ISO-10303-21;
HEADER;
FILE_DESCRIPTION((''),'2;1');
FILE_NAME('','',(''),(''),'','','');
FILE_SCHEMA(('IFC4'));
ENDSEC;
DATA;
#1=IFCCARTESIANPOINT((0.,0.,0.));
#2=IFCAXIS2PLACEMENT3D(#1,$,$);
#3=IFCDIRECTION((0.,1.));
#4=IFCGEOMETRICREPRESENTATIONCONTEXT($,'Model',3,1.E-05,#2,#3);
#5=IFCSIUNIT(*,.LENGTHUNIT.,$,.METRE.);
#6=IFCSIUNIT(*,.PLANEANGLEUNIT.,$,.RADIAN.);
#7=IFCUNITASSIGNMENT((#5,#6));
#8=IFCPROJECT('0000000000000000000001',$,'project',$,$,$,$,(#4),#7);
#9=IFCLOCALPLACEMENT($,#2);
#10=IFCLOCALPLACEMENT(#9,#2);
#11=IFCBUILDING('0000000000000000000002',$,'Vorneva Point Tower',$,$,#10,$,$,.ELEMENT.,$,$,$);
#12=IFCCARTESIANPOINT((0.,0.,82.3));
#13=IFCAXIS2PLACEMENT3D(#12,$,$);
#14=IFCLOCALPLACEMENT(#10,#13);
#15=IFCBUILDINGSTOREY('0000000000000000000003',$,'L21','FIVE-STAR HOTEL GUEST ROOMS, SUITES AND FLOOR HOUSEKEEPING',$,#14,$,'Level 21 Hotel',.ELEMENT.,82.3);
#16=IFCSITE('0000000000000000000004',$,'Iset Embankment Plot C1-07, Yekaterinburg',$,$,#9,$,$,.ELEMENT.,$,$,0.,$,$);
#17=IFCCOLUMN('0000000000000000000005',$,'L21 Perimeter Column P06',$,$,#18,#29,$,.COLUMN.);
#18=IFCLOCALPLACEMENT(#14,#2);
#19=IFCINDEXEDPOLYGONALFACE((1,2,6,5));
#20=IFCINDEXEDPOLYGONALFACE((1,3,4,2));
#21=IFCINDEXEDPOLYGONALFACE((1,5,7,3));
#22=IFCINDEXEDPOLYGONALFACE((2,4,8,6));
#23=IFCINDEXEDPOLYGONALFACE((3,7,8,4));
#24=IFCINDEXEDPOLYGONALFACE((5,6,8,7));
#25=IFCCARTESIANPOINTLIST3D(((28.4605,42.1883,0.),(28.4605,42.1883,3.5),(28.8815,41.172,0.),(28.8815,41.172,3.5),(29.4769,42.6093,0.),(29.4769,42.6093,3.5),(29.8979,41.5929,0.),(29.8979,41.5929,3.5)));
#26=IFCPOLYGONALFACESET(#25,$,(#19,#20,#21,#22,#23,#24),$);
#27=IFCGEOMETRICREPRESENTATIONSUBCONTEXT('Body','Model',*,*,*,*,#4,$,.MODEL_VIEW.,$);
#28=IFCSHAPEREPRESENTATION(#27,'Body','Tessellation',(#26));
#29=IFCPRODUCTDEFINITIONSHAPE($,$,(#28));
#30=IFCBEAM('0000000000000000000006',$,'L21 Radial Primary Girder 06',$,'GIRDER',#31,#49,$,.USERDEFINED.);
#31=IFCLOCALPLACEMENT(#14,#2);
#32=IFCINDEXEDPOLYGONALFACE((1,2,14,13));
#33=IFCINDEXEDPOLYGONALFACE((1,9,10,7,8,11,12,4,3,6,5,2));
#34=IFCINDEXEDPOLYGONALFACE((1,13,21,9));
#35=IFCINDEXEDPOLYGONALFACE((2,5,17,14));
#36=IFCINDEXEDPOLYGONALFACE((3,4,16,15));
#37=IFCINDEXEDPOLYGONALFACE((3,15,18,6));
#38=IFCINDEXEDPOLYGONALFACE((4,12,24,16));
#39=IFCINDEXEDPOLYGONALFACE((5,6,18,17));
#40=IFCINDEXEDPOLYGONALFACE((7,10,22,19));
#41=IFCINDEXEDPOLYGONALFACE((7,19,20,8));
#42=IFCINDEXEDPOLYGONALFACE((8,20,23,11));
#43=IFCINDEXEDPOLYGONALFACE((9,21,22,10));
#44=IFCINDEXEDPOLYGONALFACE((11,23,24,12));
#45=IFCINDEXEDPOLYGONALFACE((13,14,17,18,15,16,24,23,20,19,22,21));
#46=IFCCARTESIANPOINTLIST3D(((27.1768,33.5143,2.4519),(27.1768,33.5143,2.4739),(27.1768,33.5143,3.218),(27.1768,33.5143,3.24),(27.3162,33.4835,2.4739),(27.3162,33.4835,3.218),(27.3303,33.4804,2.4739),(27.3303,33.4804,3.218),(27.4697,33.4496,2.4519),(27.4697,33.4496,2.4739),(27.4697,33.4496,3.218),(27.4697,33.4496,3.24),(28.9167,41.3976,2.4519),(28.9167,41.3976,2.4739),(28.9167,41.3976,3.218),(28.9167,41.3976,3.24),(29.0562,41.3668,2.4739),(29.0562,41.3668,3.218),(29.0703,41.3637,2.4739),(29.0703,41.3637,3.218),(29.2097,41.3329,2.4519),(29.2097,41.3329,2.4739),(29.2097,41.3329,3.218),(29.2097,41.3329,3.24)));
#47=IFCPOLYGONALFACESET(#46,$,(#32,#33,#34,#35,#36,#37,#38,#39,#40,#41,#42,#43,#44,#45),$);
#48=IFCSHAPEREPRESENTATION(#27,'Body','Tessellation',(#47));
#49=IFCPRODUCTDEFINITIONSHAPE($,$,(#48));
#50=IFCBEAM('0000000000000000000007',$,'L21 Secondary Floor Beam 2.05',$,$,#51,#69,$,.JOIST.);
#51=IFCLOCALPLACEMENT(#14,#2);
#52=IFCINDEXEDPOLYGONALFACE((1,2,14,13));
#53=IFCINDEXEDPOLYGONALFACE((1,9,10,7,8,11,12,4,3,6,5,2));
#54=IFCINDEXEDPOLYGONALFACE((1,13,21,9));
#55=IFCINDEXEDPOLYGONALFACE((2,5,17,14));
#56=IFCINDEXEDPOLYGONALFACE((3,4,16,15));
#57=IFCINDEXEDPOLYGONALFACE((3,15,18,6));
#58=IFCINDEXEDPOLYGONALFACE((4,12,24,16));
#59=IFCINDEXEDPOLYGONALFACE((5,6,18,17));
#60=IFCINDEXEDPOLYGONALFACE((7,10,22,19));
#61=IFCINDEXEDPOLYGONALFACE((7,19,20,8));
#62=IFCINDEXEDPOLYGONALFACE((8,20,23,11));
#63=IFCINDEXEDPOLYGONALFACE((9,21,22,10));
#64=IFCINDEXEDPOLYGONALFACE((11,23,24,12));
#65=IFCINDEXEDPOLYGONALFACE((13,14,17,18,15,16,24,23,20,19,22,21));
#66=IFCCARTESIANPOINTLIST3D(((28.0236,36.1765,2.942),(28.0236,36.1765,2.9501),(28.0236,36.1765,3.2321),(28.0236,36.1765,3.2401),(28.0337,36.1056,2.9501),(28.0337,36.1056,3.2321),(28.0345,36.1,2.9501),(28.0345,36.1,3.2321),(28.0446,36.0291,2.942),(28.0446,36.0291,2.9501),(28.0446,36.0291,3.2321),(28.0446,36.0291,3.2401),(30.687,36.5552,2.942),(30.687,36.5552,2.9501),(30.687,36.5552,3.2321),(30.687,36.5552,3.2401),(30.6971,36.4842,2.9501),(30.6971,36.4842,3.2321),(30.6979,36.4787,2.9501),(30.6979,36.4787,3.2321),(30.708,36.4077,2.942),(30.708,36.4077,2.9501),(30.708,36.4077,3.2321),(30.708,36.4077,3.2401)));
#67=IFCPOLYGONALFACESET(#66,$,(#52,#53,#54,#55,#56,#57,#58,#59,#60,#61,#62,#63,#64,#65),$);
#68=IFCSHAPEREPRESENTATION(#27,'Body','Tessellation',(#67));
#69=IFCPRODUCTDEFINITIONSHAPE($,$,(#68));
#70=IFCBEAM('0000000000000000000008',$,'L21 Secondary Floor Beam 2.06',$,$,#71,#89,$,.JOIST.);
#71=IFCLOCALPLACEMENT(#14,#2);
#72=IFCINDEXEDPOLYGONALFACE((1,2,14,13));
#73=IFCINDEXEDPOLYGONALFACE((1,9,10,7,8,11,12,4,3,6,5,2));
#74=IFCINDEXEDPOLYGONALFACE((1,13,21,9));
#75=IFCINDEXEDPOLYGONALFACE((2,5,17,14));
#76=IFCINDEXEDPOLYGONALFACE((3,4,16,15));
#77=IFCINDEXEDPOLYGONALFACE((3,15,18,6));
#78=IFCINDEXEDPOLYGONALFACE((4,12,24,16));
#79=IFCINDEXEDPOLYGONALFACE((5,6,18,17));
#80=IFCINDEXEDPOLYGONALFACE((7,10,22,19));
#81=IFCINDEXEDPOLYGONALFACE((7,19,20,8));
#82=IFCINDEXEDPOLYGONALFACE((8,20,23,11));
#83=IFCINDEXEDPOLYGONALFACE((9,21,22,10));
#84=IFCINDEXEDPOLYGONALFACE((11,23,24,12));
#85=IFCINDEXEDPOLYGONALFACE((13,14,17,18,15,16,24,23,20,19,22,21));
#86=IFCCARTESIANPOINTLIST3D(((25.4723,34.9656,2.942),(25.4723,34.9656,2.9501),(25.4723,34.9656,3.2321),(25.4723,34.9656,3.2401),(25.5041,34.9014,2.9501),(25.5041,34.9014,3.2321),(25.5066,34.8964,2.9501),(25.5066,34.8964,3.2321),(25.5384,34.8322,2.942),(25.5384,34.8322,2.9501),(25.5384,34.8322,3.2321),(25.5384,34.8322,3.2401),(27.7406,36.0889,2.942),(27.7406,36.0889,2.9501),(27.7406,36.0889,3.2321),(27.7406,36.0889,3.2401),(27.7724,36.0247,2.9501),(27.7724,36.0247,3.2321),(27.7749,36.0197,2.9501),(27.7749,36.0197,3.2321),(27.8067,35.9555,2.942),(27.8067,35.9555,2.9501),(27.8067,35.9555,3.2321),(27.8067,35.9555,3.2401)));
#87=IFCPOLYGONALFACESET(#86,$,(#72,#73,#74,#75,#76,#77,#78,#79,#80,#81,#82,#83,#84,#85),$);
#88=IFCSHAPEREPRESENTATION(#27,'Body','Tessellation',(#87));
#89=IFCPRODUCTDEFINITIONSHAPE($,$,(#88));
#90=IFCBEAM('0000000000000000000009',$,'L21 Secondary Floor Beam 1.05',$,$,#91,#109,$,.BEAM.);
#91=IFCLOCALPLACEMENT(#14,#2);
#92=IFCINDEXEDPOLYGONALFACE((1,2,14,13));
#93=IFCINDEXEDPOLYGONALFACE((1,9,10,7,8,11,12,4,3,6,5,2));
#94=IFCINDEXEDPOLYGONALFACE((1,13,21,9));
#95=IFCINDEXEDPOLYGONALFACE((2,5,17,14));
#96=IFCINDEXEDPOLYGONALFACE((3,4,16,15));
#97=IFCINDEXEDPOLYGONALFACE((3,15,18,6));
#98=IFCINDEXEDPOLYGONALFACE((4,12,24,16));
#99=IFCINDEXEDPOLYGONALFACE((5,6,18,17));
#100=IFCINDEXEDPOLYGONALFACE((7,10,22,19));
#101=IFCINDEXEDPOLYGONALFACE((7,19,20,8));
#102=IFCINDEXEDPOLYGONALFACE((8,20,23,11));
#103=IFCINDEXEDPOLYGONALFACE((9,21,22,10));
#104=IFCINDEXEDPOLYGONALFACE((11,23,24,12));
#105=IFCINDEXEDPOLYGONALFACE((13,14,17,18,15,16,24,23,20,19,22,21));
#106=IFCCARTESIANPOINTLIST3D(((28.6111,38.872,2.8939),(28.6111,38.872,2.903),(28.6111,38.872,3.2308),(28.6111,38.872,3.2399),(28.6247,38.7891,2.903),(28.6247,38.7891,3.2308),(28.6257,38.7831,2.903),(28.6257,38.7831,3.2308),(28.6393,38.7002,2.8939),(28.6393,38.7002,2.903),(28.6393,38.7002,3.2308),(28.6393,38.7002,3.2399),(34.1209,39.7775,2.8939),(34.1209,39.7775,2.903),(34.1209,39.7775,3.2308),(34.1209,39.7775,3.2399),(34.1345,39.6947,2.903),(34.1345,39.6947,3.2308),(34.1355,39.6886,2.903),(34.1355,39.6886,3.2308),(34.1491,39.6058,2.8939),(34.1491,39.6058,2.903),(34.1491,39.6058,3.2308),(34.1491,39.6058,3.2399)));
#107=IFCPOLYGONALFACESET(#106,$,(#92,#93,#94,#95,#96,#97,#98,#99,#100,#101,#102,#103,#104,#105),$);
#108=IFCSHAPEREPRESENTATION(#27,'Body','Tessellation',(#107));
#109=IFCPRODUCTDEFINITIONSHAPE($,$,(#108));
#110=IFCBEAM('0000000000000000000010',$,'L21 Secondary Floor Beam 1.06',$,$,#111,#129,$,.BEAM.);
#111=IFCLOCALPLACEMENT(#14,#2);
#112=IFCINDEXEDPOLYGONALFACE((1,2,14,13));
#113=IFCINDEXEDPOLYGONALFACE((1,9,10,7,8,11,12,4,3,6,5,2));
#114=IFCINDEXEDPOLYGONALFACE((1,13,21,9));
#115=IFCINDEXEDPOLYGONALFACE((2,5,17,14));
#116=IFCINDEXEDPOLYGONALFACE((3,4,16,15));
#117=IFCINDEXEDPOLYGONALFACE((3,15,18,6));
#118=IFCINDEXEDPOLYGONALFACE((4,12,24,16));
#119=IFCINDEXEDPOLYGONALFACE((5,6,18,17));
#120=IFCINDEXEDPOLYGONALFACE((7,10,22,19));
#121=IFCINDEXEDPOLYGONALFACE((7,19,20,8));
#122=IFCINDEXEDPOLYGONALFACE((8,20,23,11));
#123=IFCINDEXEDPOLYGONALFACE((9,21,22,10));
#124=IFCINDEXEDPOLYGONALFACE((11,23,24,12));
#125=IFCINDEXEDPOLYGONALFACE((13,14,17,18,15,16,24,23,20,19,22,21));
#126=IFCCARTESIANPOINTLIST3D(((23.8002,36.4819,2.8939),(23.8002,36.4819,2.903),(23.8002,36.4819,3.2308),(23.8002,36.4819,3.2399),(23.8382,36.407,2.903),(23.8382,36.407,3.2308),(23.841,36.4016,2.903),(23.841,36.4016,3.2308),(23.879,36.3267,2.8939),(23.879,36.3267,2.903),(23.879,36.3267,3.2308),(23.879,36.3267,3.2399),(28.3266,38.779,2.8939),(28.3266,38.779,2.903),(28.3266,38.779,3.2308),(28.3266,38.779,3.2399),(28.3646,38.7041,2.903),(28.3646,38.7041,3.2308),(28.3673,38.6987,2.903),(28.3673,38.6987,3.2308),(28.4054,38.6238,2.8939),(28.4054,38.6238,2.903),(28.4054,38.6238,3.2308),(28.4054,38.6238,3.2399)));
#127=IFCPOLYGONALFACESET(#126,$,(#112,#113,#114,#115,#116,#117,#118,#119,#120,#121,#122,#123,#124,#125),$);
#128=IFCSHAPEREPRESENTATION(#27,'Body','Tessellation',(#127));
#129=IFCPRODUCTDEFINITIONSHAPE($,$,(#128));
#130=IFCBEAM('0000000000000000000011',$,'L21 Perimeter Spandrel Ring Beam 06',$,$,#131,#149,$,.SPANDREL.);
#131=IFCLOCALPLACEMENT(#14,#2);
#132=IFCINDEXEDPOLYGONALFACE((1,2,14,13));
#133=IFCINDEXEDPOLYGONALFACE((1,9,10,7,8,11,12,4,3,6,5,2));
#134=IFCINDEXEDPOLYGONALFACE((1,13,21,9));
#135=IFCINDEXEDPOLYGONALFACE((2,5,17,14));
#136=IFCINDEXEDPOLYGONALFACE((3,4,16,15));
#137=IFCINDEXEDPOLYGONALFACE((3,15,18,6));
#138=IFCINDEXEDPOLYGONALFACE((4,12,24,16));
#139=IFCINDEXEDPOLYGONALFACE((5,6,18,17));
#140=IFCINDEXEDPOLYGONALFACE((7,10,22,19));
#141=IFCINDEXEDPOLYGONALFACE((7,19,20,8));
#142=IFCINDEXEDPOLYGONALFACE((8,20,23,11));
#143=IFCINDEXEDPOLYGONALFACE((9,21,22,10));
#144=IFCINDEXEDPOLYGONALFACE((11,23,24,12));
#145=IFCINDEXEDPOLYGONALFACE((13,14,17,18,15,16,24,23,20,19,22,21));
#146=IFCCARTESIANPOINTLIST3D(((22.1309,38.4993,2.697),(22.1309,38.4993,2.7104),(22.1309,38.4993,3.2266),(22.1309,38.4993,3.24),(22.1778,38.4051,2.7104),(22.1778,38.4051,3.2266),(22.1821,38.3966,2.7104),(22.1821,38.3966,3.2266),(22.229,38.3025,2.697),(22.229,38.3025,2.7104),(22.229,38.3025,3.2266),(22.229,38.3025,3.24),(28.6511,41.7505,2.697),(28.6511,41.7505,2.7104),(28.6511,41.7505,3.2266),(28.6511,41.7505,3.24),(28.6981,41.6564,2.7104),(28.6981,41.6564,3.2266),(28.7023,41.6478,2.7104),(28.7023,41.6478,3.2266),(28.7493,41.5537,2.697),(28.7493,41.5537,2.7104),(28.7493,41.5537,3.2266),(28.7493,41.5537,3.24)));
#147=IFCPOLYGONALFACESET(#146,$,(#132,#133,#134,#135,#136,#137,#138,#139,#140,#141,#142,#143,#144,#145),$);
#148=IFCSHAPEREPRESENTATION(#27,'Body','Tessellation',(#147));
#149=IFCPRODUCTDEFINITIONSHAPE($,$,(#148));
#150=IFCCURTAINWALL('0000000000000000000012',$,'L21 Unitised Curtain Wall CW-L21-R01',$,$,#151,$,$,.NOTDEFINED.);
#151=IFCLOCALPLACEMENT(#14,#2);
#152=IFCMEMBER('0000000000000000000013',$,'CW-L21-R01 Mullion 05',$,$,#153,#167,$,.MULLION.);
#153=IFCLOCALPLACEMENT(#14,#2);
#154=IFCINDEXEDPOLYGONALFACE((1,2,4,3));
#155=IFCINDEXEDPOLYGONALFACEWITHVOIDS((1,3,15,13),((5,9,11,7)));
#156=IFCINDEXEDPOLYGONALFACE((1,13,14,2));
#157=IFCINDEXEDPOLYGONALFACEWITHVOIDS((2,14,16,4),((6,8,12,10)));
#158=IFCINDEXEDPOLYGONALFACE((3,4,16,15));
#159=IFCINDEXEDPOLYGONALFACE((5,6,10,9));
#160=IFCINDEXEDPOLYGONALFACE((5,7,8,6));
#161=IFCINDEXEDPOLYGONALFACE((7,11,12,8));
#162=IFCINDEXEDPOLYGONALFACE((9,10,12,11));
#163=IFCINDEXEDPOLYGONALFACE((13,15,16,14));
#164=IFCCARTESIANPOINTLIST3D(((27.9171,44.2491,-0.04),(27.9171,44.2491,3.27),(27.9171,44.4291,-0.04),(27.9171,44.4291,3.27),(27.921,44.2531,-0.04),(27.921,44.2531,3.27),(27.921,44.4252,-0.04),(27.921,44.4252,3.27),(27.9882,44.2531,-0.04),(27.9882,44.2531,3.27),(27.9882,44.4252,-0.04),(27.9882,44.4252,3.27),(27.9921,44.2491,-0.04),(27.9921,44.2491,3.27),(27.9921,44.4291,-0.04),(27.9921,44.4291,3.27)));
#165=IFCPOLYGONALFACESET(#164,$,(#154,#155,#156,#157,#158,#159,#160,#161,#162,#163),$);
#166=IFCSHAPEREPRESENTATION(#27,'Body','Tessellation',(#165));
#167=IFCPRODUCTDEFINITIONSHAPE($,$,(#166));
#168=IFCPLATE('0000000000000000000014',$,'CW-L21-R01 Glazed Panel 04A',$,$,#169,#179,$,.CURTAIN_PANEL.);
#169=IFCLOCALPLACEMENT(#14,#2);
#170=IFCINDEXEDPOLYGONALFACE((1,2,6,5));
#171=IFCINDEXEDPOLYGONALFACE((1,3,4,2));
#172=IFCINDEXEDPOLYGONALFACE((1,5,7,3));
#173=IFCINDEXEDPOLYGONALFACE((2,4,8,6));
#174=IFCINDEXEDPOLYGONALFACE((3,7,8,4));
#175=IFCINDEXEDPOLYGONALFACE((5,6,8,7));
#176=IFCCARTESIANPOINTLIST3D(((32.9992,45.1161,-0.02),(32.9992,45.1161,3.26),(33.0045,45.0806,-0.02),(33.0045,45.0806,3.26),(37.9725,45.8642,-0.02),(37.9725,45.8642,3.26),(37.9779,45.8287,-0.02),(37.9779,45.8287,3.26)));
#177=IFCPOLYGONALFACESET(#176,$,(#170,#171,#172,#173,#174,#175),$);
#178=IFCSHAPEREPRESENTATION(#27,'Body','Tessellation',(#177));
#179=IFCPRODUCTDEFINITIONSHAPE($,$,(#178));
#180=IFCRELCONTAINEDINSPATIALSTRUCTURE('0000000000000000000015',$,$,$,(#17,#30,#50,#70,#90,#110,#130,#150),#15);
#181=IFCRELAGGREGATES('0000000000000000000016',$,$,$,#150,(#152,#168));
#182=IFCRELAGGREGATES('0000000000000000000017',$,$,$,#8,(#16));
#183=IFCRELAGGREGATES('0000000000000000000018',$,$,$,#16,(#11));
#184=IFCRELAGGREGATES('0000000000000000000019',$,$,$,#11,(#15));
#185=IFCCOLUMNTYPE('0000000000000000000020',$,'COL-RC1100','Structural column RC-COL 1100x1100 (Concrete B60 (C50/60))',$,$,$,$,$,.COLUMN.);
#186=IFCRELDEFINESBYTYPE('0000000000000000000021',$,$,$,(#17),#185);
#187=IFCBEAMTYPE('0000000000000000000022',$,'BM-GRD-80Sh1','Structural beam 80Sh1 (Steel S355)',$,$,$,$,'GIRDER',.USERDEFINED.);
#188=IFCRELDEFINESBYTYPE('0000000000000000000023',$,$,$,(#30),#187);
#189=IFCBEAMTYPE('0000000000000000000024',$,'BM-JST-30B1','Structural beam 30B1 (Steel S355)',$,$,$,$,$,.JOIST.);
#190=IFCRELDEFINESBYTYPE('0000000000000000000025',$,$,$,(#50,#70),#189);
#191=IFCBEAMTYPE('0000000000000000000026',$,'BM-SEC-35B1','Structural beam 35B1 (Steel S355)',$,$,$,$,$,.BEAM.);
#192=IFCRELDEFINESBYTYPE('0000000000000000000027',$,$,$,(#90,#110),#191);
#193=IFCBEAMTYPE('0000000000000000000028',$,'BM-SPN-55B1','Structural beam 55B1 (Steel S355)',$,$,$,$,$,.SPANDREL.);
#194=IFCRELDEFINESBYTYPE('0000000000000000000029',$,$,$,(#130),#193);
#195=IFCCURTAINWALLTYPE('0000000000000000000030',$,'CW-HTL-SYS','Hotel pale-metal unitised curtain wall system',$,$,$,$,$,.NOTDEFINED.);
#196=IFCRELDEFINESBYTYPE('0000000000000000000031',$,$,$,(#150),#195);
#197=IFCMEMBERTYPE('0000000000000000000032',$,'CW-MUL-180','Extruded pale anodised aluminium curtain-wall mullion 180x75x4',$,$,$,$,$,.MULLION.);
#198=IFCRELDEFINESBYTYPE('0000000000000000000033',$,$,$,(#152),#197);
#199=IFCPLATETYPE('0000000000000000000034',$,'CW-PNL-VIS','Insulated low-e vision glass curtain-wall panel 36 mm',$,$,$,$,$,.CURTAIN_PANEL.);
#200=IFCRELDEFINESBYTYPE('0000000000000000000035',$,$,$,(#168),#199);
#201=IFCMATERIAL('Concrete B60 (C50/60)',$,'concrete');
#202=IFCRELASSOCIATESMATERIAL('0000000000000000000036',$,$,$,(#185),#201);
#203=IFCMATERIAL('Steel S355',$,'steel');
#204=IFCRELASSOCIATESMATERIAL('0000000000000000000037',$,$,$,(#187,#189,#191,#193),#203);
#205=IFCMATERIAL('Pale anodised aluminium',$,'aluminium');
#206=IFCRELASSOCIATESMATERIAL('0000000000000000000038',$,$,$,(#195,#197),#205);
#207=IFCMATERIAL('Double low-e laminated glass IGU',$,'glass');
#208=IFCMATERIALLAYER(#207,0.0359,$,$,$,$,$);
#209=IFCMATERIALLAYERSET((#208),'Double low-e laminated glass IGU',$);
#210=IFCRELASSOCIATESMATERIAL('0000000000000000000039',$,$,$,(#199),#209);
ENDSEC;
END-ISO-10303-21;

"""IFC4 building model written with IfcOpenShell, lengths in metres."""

from ifc_helpers import new_model, si_unit, direction, frame, origin, origin_2d, place, context, subcontext, project, spatial, rectangle, hollow_rectangle, i_section, extrude, material, layer, layer_set, material_profile, profile_set, type_object, element, aggregate, save


model = new_model("IFC4")

# Units and contexts
model_context = context("Model", 3, precision=1e-05, world=origin(), true_north=direction((0.0, 1.0)))
body_context = subcontext(model_context, "Body", "Model", "MODEL_VIEW")
ifc_project = project(units=[si_unit("LENGTHUNIT", "METRE"), si_unit("PLANEANGLEUNIT", "RADIAN")], contexts=[model_context])

# Site, building, storey
site_placement = place(None, origin())
site = spatial("IfcSite", under=ifc_project, at=site_placement, Name="Iset Embankment Plot C1-07, Yekaterinburg", CompositionType="ELEMENT", RefElevation=0.0)
building_placement = place(site_placement, origin())
building = spatial("IfcBuilding", under=site, at=building_placement, Name="Vorneva Point Tower", CompositionType="ELEMENT")
storey_placement = place(building_placement, frame((0.0, 0.0, 82.3)))
storey = spatial("IfcBuildingStorey", under=building, at=storey_placement, Name="L21", Description="FIVE-STAR HOTEL GUEST ROOMS, SUITES AND FLOOR HOUSEKEEPING", LongName="Level 21 Hotel", CompositionType="ELEMENT", Elevation=82.3)

# Column
ifc_material_1 = material(Name="Concrete B60 (C50/60)", Category="concrete")
ifc_material_profile_1 = material_profile(ifc_material_1, rectangle(XDim=1.1001, YDim=1.1001, at=origin_2d()), Name="RC-COL 1100x1100")
ifc_profile_set_1 = profile_set([ifc_material_profile_1], Name="Concrete B60 (C50/60)")
column_type = type_object("IfcColumnType", Name="COL-RC1100", Description="Structural column RC-COL 1100x1100 (Concrete B60 (C50/60))", PredefinedType="COLUMN", material=ifc_profile_set_1)
column_placement = place(storey_placement, frame((29.1792, 41.8906, 0.0), z_axis=(0.0, 0.0, 1.0), x_axis=(-0.382683, 0.92388, 0.0)))
element("IfcColumn", 1, at=column_placement, inside=storey, type_object=column_type, Name="L21 Perimeter Column P06", PredefinedType="COLUMN", context=body_context, shape_type="SweptSolid", body=[
    extrude(rectangle(XDim=1.1001, YDim=1.1001, at=origin_2d()), origin(), (0.0, 0.0, 1.0), 3.5),
])

# Beams
ifc_material_2 = material(Name="Steel S355", Category="steel")
ifc_material_profile_2 = material_profile(ifc_material_2, i_section(OverallWidth=0.3, OverallDepth=0.7881, WebThickness=0.0144, FlangeThickness=0.022, at=origin_2d()), Name="80Sh1")
ifc_profile_set_2 = profile_set([ifc_material_profile_2], Name="Steel S355")
beam_type_1 = type_object("IfcBeamType", Name="BM-GRD-80Sh1", Description="Structural beam 80Sh1 (Steel S355)", ElementType="GIRDER", PredefinedType="USERDEFINED", material=ifc_profile_set_2)
beam_1_placement = place(storey_placement, frame((29.0632, 41.3652, 2.8459), z_axis=(-0.215531, -0.976497, 0.0), x_axis=(0.976497, -0.215531, 0.0)))
element("IfcBeam", 2, at=beam_1_placement, inside=storey, type_object=beam_type_1, Name="L21 Radial Primary Girder 06", ObjectType="GIRDER", PredefinedType="USERDEFINED", context=body_context, shape_type="SweptSolid", body=[
    extrude(i_section(OverallWidth=0.3, OverallDepth=0.7881, WebThickness=0.0144, FlangeThickness=0.022, at=origin_2d()), origin(), (0.0, 0.0, 1.0), 8.073),
])
ifc_material_profile_3 = material_profile(ifc_material_2, i_section(OverallWidth=0.1489, OverallDepth=0.2981, WebThickness=0.0056, FlangeThickness=0.0081, at=origin_2d()), Name="30B1")
ifc_profile_set_3 = profile_set([ifc_material_profile_3], Name="Steel S355")
beam_type_2 = type_object("IfcBeamType", Name="BM-JST-30B1", Description="Structural beam 30B1 (Steel S355)", PredefinedType="JOIST", material=ifc_profile_set_3)
beam_2_placement = place(storey_placement, frame((30.6975, 36.4814, 3.0911), z_axis=(-0.990044, -0.140761, 0.0), x_axis=(0.140761, -0.990044, 0.0)))
element("IfcBeam", 3, at=beam_2_placement, inside=storey, type_object=beam_type_2, Name="L21 Secondary Floor Beam 2.05", PredefinedType="JOIST", context=body_context, shape_type="SweptSolid", body=[
    extrude(i_section(OverallWidth=0.1489, OverallDepth=0.2981, WebThickness=0.0056, FlangeThickness=0.0081, at=origin_2d()), origin(), (0.0, 0.0, 1.0), 2.6902),
])
beam_3_placement = place(storey_placement, frame((27.7737, 36.0222, 3.0911), z_axis=(-0.896137, -0.443777, 0.0), x_axis=(0.443777, -0.896137, 0.0)))
element("IfcBeam", 4, at=beam_3_placement, inside=storey, type_object=beam_type_2, Name="L21 Secondary Floor Beam 2.06", PredefinedType="JOIST", context=body_context, shape_type="SweptSolid", body=[
    extrude(i_section(OverallWidth=0.1489, OverallDepth=0.2981, WebThickness=0.0056, FlangeThickness=0.0081, at=origin_2d()), origin(), (0.0, 0.0, 1.0), 2.5312),
])
ifc_material_profile_4 = material_profile(ifc_material_2, i_section(OverallWidth=0.1741, OverallDepth=0.3459, WebThickness=0.0061, FlangeThickness=0.009, at=origin_2d()), Name="35B1")
ifc_profile_set_4 = profile_set([ifc_material_profile_4], Name="Steel S355")
beam_type_3 = type_object("IfcBeamType", Name="BM-SEC-35B1", Description="Structural beam 35B1 (Steel S355)", PredefinedType="BEAM", material=ifc_profile_set_4)
beam_4_placement = place(storey_placement, frame((34.135, 39.6917, 3.0669), z_axis=(-0.986762, -0.162172, 0.0), x_axis=(0.162172, -0.986762, 0.0)))
element("IfcBeam", 5, at=beam_4_placement, inside=storey, type_object=beam_type_3, Name="L21 Secondary Floor Beam 1.05", PredefinedType="BEAM", context=body_context, shape_type="SweptSolid", body=[
    extrude(i_section(OverallWidth=0.1741, OverallDepth=0.3459, WebThickness=0.0061, FlangeThickness=0.009, at=origin_2d()), origin(), (0.0, 0.0, 1.0), 5.5837),
])
beam_5_placement = place(storey_placement, frame((28.366, 38.7014, 3.0669), z_axis=(-0.891737, -0.452554, 0.0), x_axis=(0.452554, -0.891737, 0.0)))
element("IfcBeam", 6, at=beam_5_placement, inside=storey, type_object=beam_type_3, Name="L21 Secondary Floor Beam 1.06", PredefinedType="BEAM", context=body_context, shape_type="SweptSolid", body=[
    extrude(i_section(OverallWidth=0.1741, OverallDepth=0.3459, WebThickness=0.0061, FlangeThickness=0.009, at=origin_2d()), origin(), (0.0, 0.0, 1.0), 5.0759),
])
ifc_material_profile_5 = material_profile(ifc_material_2, i_section(OverallWidth=0.22, OverallDepth=0.543, WebThickness=0.0095, FlangeThickness=0.0134, at=origin_2d()), Name="55B1")
ifc_profile_set_5 = profile_set([ifc_material_profile_5], Name="Steel S355")
beam_type_4 = type_object("IfcBeamType", Name="BM-SPN-55B1", Description="Structural beam 55B1 (Steel S355)", PredefinedType="SPANDREL", material=ifc_profile_set_5)
beam_6_placement = place(storey_placement, frame((28.7002, 41.6521, 2.9685), z_axis=(-0.894916, -0.446235, 0.0), x_axis=(0.446235, -0.894916, 0.0)))
element("IfcBeam", 7, at=beam_6_placement, inside=storey, type_object=beam_type_4, Name="L21 Perimeter Spandrel Ring Beam 06", PredefinedType="SPANDREL", context=body_context, shape_type="SweptSolid", body=[
    extrude(i_section(OverallWidth=0.22, OverallDepth=0.543, WebThickness=0.0095, FlangeThickness=0.0134, at=origin_2d()), origin(), (0.0, 0.0, 1.0), 7.2859),
])

# Curtain wall, member, plate
ifc_material_3 = material(Name="Pale anodised aluminium", Category="aluminium")
curtain_wall_type = type_object("IfcCurtainWallType", Name="CW-HTL-SYS", Description="Hotel pale-metal unitised curtain wall system", PredefinedType="NOTDEFINED", material=ifc_material_3)
curtain_wall_placement = place(storey_placement, origin())
curtain_wall = element("IfcCurtainWall", 8, at=curtain_wall_placement, inside=storey, type_object=curtain_wall_type, Name="L21 Unitised Curtain Wall CW-L21-R01", PredefinedType="NOTDEFINED")
ifc_material_profile_6 = material_profile(ifc_material_3, hollow_rectangle(XDim=0.075, YDim=0.1799, WallThickness=0.0039, at=origin_2d()), Name="AL-MUL 180x75x4")
ifc_profile_set_6 = profile_set([ifc_material_profile_6], Name="Pale anodised aluminium")
member_type = type_object("IfcMemberType", Name="CW-MUL-180", Description="Extruded pale anodised aluminium curtain-wall mullion 180x75x4", PredefinedType="MULLION", material=ifc_profile_set_6)
member_placement = place(storey_placement, frame((27.9546, 44.3391, -0.04), z_axis=(0.0, 0.0, 1.0), x_axis=(1.0, 0.0, 0.0)))
member = element("IfcMember", 9, at=member_placement, type_object=member_type, Name="CW-L21-R01 Mullion 05", PredefinedType="MULLION", context=body_context, shape_type="SweptSolid", body=[
    extrude(hollow_rectangle(XDim=0.075, YDim=0.1799, WallThickness=0.0039, at=origin_2d()), origin(), (0.0, 0.0, 1.0), 3.3101),
])
ifc_material_4 = material(Name="Double low-e laminated glass IGU", Category="glass")
ifc_layer_1 = layer(ifc_material_4, 0.0359)
ifc_layer_set_1 = layer_set([ifc_layer_1], Name="Double low-e laminated glass IGU")
plate_type = type_object("IfcPlateType", Name="CW-PNL-VIS", Description="Insulated low-e vision glass curtain-wall panel 36 mm", PredefinedType="CURTAIN_PANEL", material=ifc_layer_set_1)
plate_1_placement = place(storey_placement, frame((35.4885, 45.4724, -0.02), z_axis=(0.0, 0.0, 1.0), x_axis=(-0.988876, -0.148741, 0.0)))
plate_1 = element("IfcPlate", 10, at=plate_1_placement, type_object=plate_type, Name="CW-L21-R01 Glazed Panel 04A", PredefinedType="CURTAIN_PANEL", context=body_context, shape_type="SweptSolid", body=[
    extrude(rectangle(XDim=5.0293, YDim=0.0359, at=origin_2d()), origin(), (0.0, 0.0, 1.0), 3.28),
])
aggregate(curtain_wall, [member, plate_1])

save(model, "model.ifc")
